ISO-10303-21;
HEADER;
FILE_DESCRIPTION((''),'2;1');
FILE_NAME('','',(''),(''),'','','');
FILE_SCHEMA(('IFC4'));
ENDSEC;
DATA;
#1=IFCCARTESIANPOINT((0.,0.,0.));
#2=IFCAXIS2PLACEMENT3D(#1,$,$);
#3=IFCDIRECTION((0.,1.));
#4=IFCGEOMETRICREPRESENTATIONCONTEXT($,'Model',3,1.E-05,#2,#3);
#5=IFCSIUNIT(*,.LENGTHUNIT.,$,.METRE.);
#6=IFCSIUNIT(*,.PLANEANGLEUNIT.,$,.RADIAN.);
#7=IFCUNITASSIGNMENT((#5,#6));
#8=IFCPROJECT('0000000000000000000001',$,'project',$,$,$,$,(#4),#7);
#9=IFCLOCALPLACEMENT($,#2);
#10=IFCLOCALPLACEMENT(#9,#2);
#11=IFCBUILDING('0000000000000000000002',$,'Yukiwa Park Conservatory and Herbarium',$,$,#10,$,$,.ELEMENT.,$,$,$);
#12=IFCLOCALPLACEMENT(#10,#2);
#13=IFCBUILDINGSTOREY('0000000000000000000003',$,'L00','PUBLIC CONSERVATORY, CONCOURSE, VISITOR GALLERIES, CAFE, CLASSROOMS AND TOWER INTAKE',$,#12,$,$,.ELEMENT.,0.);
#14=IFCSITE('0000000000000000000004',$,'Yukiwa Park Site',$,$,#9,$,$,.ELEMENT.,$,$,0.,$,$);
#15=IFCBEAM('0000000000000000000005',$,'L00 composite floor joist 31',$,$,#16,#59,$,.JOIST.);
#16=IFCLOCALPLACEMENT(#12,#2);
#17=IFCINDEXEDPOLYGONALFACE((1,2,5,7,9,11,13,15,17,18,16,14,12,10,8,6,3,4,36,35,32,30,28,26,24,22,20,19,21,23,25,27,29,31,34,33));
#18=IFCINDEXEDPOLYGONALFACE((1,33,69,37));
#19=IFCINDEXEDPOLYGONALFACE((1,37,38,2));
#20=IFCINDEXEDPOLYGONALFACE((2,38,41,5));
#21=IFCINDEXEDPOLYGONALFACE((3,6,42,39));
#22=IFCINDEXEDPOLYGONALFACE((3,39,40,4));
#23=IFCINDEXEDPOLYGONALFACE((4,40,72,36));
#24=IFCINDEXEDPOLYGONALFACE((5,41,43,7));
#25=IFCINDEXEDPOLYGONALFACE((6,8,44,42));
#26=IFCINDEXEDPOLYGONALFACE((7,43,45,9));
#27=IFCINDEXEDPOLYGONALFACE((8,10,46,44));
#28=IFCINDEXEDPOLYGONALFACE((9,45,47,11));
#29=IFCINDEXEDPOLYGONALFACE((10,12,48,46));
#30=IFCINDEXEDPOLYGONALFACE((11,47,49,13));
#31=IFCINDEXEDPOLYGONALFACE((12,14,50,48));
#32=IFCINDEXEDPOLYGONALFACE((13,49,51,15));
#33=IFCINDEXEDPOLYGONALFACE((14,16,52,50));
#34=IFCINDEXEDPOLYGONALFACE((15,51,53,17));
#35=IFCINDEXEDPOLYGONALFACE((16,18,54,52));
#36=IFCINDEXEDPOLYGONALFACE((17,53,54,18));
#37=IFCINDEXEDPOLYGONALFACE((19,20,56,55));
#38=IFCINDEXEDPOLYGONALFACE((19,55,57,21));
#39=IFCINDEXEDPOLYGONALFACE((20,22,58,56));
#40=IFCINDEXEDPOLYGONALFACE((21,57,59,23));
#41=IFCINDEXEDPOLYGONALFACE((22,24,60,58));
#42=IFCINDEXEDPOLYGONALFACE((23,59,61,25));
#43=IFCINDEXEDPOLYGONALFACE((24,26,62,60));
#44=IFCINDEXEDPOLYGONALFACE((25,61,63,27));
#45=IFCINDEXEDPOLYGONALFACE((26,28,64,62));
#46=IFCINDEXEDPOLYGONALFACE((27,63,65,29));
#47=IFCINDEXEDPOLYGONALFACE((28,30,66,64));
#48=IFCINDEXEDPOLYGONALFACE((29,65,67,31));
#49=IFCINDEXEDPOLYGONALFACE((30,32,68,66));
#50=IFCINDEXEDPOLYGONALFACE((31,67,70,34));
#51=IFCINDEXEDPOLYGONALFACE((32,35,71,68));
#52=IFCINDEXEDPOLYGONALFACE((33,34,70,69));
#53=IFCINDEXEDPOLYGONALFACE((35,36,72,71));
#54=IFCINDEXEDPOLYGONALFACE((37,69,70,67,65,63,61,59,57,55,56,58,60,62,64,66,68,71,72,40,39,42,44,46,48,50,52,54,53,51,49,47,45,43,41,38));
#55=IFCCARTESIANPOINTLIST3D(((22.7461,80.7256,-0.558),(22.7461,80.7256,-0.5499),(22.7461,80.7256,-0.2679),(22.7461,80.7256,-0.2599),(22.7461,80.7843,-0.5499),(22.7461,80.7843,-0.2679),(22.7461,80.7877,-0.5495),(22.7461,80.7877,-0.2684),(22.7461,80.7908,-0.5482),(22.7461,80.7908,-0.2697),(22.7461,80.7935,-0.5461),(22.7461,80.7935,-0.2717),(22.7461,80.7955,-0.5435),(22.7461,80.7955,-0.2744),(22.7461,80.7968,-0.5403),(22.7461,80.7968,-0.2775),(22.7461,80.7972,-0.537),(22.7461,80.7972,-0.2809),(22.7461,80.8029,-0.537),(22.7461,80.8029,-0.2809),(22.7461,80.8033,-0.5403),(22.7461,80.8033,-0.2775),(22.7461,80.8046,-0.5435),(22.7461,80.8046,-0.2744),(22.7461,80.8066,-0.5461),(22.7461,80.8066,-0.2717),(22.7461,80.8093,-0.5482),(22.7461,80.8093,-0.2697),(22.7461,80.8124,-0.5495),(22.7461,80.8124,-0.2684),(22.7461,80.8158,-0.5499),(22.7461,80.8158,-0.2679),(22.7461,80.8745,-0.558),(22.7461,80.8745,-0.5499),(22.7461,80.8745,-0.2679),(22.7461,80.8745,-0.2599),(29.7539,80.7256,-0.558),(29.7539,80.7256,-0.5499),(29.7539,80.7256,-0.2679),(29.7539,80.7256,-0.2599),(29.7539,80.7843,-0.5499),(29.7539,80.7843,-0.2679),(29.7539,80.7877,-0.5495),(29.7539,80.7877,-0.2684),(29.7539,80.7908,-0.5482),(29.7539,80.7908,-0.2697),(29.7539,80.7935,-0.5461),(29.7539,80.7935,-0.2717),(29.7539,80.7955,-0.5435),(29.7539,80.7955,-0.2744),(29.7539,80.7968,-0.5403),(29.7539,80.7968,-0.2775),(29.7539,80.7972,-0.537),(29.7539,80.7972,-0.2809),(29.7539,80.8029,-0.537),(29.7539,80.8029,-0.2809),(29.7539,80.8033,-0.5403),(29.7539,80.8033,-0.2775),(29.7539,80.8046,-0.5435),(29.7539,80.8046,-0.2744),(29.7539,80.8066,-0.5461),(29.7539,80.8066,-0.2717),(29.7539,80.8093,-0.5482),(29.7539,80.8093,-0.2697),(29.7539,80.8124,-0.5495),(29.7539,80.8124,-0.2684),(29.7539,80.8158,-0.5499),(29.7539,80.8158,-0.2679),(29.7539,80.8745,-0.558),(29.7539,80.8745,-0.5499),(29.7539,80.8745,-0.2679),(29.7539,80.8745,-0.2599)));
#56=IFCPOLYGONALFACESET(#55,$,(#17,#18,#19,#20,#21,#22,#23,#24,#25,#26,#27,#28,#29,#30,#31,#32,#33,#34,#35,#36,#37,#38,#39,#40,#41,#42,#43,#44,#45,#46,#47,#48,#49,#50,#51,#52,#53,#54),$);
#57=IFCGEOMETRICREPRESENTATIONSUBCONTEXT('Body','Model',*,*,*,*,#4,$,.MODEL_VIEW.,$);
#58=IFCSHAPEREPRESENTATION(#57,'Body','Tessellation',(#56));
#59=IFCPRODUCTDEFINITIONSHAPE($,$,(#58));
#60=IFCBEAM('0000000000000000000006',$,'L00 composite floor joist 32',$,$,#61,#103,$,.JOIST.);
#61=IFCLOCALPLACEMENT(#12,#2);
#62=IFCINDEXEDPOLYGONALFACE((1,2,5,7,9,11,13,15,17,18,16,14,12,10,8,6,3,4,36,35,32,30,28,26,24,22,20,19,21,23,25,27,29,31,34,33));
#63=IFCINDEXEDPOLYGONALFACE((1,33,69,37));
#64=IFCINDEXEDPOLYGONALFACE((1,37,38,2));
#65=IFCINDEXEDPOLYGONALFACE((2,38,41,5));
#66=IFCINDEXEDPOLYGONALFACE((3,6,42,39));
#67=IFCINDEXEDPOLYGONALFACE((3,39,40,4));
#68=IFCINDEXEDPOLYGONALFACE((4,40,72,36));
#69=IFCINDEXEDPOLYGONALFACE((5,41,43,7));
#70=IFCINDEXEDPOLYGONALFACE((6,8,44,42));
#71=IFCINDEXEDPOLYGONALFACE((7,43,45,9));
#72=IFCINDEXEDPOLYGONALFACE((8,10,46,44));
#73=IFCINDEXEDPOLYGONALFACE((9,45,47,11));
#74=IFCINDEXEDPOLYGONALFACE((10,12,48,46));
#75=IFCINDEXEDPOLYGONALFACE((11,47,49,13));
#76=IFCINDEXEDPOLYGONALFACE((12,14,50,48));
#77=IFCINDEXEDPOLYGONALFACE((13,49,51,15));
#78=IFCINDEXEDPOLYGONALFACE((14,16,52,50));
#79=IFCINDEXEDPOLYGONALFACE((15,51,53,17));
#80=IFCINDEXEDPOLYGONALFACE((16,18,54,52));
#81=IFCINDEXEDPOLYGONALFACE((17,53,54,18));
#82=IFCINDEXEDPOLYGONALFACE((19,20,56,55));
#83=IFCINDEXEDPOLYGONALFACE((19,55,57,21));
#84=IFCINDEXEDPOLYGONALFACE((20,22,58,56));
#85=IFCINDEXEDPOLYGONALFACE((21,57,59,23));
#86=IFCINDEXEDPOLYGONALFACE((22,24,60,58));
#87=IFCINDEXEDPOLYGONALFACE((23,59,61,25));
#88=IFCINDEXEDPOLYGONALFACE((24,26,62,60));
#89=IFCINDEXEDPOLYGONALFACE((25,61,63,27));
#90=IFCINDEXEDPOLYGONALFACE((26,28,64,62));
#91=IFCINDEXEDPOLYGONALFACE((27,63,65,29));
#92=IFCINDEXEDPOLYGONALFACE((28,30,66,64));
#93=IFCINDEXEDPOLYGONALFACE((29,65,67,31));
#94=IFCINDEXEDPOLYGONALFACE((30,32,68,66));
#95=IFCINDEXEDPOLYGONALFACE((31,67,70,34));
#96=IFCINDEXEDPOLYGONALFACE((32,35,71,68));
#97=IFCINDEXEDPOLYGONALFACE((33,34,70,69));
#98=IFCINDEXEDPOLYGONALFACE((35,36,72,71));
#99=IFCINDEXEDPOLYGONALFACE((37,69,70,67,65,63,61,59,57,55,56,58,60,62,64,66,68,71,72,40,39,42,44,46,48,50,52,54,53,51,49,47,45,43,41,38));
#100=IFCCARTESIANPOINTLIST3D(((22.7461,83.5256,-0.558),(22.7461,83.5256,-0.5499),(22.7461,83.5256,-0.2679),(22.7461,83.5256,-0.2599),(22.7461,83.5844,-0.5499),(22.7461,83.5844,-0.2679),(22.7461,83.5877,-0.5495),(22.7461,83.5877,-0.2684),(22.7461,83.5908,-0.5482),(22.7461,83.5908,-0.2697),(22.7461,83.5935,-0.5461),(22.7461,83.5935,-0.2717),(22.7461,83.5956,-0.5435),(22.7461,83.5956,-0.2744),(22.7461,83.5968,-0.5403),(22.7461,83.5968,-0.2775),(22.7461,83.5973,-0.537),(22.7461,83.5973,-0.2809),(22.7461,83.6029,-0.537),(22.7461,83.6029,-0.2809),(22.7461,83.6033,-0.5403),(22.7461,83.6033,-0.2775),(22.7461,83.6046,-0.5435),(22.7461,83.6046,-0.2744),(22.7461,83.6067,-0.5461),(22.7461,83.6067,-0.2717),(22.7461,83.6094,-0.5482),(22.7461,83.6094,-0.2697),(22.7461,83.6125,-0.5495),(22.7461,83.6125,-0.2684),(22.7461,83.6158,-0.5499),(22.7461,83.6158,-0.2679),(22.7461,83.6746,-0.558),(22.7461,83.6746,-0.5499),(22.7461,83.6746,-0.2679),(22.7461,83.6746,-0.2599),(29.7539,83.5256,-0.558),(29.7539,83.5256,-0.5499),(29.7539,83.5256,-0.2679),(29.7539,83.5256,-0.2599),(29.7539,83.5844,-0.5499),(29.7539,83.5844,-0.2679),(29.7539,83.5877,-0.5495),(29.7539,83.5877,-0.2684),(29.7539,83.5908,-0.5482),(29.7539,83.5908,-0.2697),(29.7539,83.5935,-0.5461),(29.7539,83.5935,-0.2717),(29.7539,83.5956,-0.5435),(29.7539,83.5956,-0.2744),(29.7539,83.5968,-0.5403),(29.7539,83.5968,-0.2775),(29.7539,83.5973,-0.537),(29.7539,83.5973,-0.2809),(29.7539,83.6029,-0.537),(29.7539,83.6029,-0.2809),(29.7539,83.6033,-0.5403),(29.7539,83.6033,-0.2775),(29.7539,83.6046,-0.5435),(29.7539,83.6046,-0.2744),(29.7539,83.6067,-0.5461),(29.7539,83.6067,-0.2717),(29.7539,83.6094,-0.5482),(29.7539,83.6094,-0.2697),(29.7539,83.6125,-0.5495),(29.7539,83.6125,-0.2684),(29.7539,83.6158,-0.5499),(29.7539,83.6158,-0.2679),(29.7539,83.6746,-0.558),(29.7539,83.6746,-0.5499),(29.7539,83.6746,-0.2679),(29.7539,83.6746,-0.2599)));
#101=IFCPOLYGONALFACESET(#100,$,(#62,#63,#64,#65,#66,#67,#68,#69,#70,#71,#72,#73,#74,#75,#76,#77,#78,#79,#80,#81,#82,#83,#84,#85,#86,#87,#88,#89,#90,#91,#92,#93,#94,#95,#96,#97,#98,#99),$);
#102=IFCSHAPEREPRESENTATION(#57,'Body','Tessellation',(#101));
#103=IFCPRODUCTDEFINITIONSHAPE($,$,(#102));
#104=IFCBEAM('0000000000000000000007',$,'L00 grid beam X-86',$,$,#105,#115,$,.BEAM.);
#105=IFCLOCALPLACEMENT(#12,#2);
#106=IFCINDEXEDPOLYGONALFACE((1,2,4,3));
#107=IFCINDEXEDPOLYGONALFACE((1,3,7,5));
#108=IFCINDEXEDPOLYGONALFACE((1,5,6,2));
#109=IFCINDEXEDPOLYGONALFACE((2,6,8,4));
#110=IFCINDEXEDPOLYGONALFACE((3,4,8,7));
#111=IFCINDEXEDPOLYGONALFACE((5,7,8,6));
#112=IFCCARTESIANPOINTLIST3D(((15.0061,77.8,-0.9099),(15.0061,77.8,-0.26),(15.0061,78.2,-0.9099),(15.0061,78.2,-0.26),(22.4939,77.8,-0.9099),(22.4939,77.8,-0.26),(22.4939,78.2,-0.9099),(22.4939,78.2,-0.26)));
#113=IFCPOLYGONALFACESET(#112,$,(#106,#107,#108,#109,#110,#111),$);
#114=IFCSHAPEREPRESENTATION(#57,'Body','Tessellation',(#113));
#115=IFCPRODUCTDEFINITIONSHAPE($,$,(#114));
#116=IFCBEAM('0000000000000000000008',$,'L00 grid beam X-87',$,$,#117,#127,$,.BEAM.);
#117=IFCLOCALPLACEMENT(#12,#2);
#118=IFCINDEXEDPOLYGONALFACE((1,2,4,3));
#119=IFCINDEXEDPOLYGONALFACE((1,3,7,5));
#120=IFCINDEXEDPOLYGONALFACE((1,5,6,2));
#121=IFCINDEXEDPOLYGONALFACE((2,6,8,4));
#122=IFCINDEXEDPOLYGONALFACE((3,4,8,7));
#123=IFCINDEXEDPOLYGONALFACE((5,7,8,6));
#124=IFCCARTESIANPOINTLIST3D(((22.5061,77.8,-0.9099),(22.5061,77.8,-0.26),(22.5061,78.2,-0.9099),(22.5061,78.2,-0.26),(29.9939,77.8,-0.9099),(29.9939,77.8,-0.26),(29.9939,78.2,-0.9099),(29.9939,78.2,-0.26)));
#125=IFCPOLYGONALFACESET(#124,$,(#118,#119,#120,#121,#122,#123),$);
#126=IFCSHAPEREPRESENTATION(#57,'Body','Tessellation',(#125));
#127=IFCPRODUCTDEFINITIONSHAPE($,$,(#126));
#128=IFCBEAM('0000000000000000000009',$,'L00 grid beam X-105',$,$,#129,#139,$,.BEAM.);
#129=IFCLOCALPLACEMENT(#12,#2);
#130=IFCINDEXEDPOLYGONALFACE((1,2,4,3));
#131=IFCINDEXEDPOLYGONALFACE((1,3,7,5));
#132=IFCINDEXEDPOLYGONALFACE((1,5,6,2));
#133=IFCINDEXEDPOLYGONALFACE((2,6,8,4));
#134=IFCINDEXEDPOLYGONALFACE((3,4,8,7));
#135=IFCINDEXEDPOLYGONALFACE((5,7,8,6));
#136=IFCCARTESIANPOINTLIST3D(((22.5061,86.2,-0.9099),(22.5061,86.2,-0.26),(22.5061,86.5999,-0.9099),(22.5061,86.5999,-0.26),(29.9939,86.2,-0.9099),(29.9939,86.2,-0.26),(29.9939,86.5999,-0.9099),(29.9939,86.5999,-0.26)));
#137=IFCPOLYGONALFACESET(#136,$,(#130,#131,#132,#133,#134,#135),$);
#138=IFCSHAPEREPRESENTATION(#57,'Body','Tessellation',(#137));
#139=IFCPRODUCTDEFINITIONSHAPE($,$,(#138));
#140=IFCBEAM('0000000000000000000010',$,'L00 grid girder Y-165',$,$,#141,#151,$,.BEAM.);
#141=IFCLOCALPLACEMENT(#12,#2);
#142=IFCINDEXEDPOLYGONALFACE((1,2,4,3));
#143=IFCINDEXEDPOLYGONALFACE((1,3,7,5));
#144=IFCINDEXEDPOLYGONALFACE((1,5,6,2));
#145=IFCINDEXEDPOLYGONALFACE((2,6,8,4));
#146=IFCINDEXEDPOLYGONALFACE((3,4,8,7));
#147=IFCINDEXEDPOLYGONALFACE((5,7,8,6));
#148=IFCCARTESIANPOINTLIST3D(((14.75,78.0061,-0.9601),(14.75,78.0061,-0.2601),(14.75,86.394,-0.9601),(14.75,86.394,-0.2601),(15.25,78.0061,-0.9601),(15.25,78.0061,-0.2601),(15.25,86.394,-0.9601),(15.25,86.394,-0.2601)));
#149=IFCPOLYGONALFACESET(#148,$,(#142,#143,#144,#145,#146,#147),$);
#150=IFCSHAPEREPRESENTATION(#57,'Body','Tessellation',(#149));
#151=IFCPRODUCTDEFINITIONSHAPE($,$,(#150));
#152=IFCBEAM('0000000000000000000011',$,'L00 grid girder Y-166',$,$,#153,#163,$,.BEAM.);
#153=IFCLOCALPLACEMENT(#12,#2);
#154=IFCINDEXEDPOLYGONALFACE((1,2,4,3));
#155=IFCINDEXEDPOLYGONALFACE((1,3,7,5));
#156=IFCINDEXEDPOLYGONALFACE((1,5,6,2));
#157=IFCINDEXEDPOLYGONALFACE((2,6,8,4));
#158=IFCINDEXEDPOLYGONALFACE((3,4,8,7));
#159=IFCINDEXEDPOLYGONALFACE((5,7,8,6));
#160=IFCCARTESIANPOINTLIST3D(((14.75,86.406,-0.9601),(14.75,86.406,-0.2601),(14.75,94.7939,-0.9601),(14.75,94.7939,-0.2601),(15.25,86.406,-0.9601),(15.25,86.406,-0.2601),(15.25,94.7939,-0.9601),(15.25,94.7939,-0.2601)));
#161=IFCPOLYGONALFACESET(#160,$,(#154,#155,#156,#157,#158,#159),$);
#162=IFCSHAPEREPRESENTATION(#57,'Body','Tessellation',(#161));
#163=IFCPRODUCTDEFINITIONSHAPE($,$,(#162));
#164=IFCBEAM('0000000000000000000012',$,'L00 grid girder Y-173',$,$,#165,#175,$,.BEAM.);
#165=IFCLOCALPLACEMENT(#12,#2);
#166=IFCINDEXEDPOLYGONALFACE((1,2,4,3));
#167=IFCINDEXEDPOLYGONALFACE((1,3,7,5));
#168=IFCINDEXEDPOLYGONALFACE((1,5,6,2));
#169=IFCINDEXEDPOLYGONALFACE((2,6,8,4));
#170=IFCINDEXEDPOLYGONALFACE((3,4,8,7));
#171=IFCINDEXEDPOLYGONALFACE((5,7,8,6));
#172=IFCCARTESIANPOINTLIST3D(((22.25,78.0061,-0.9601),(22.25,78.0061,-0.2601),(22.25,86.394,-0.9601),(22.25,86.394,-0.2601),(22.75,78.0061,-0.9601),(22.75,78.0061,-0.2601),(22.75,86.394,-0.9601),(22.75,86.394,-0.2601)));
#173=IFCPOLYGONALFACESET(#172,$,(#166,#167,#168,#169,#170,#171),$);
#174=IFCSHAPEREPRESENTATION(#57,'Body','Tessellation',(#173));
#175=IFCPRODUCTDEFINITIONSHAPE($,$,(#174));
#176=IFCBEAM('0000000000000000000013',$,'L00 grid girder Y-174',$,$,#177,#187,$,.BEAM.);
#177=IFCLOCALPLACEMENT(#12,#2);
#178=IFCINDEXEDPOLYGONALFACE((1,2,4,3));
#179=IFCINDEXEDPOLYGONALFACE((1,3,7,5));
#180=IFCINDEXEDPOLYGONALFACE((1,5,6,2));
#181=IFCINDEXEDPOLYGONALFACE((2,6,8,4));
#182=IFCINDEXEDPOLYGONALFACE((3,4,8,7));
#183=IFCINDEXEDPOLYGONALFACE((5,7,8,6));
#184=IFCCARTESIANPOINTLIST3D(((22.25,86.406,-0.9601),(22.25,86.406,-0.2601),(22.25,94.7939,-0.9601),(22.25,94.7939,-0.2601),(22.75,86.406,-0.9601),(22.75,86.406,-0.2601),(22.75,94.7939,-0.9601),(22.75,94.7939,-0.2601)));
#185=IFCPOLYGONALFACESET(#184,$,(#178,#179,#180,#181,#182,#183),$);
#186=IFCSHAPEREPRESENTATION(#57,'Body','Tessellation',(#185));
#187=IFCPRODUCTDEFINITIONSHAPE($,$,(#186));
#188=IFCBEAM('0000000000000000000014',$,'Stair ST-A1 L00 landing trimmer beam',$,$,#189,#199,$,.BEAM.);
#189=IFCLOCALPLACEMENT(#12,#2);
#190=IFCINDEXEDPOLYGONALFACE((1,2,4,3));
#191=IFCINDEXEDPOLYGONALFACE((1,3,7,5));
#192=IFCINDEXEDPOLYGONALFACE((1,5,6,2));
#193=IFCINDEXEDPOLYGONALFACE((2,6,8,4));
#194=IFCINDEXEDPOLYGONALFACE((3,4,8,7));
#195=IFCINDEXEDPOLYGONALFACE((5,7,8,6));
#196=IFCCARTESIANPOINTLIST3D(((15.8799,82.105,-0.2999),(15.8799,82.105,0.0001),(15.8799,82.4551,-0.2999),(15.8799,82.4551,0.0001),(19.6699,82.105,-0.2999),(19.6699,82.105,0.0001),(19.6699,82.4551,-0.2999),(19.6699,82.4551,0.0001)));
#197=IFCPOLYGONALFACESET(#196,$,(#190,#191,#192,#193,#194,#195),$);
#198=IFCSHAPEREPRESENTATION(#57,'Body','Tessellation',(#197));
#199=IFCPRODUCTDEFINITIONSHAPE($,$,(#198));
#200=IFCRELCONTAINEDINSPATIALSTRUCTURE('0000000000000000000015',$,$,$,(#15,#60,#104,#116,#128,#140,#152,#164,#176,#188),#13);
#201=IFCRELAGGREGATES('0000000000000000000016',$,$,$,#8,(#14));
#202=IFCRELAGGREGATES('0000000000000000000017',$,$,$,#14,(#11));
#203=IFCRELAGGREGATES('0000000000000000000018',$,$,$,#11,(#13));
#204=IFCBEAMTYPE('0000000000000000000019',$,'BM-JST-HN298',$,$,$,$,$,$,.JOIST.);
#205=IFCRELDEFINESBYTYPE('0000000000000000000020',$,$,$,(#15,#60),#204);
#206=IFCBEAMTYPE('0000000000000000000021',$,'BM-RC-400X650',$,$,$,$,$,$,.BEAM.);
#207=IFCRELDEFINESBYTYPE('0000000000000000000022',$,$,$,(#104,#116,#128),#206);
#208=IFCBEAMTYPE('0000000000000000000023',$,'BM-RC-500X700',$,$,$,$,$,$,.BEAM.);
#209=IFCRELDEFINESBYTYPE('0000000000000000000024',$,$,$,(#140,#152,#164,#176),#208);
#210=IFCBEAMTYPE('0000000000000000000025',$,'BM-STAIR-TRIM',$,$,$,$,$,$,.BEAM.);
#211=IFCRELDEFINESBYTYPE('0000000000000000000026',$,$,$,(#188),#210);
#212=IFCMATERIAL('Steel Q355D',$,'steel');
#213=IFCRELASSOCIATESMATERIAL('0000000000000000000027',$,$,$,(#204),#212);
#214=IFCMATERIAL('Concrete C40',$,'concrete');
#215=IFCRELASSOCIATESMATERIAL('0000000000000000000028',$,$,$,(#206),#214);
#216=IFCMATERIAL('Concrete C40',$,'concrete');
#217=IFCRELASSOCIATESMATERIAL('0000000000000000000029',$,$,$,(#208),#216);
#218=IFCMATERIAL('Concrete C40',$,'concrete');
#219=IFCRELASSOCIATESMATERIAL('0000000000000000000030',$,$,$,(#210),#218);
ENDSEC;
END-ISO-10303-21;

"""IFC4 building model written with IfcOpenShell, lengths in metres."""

from ifc_helpers import new_model, si_unit, direction, frame, origin, origin_2d, place, context, subcontext, project, spatial, rectangle, i_section, extrude, material, material_profile, profile_set, type_object, element, save


model = new_model("IFC4")

# Units and contexts
model_context = context("Model", 3, precision=1e-05, world=origin(), true_north=direction((0.0, 1.0)))
body_context = subcontext(model_context, "Body", "Model", "MODEL_VIEW")
ifc_project = project(units=[si_unit("LENGTHUNIT", "METRE"), si_unit("PLANEANGLEUNIT", "RADIAN")], contexts=[model_context])

# Site, building, storey
site_placement = place(None, origin())
site = spatial("IfcSite", under=ifc_project, at=site_placement, Name="Yukiwa Park Site", CompositionType="ELEMENT", RefElevation=0.0)
building_placement = place(site_placement, origin())
building = spatial("IfcBuilding", under=site, at=building_placement, Name="Yukiwa Park Conservatory and Herbarium", CompositionType="ELEMENT")
storey_placement = place(building_placement, origin())
storey = spatial("IfcBuildingStorey", under=building, at=storey_placement, Name="L00", Description="PUBLIC CONSERVATORY, CONCOURSE, VISITOR GALLERIES, CAFE, CLASSROOMS AND TOWER INTAKE", CompositionType="ELEMENT", Elevation=0.0)

# Beams
ifc_material_1 = material(Name="Steel Q355D", Category="steel")
ifc_material_profile_1 = material_profile(ifc_material_1, i_section(OverallWidth=0.1489, OverallDepth=0.2981, WebThickness=0.0056, FlangeThickness=0.0081, FilletRadius=0.0129, at=origin_2d()), Name="HN 298x149x5.5x8")
ifc_profile_set_1 = profile_set([ifc_material_profile_1], Name="Steel Q355D")
beam_type_1 = type_object("IfcBeamType", Name="BM-JST-HN298", PredefinedType="JOIST", material=ifc_profile_set_1)
for number, where, z_axis, x_axis, name in (
    (1, (22.7461, 80.8, -0.4089), (1.0, 0.0, 0.0), (0.0, 1.0, 0.0), "L00 composite floor joist 31"),
    (2, (22.7461, 83.6001, -0.4089), (1.0, 0.0, 0.0), (0.0, 1.0, 0.0), "L00 composite floor joist 32"),
):
    element("IfcBeam", number, at=place(storey_placement, frame(where, z_axis=z_axis, x_axis=x_axis)), inside=storey, type_object=beam_type_1, Name=name, PredefinedType="JOIST", context=body_context, shape_type="SweptSolid", body=[
        extrude(i_section(OverallWidth=0.1489, OverallDepth=0.2981, WebThickness=0.0056, FlangeThickness=0.0081, FilletRadius=0.0129, at=origin_2d()), origin(), (0.0, 0.0, 1.0), 7.0078),
    ])
ifc_material_2 = material(Name="Concrete C40", Category="concrete")
ifc_material_profile_2 = material_profile(ifc_material_2, rectangle(XDim=0.3999, YDim=0.6499, at=origin_2d()), Name="RC 400x650")
ifc_profile_set_2 = profile_set([ifc_material_profile_2], Name="Concrete C40")
beam_type_2 = type_object("IfcBeamType", Name="BM-RC-400X650", PredefinedType="BEAM", material=ifc_profile_set_2)
for number, where, z_axis, x_axis, name in (
    (3, (15.0061, 78.0, -0.585), (1.0, 0.0, 0.0), (0.0, 1.0, 0.0), "L00 grid beam X-86"),
    (4, (22.5061, 78.0, -0.585), (1.0, 0.0, 0.0), (0.0, 1.0, 0.0), "L00 grid beam X-87"),
    (5, (22.5061, 86.3999, -0.585), (1.0, 0.0, 0.0), (0.0, 1.0, 0.0), "L00 grid beam X-105"),
):
    element("IfcBeam", number, at=place(storey_placement, frame(where, z_axis=z_axis, x_axis=x_axis)), inside=storey, type_object=beam_type_2, Name=name, PredefinedType="BEAM", context=body_context, shape_type="SweptSolid", body=[
        extrude(rectangle(XDim=0.3999, YDim=0.6499, at=origin_2d()), origin(), (0.0, 0.0, 1.0), 7.4878),
    ])
ifc_material_3 = material(Name="Concrete C40", Category="concrete")
ifc_material_profile_3 = material_profile(ifc_material_3, rectangle(XDim=0.5, YDim=0.7, at=origin_2d()), Name="RC 500x700")
ifc_profile_set_3 = profile_set([ifc_material_profile_3], Name="Concrete C40")
beam_type_3 = type_object("IfcBeamType", Name="BM-RC-500X700", PredefinedType="BEAM", material=ifc_profile_set_3)
for number, where, z_axis, x_axis, name in (
    (6, (15.0, 78.0061, -0.6101), (0.0, 1.0, 0.0), (-1.0, 0.0, 0.0), "L00 grid girder Y-165"),
    (7, (15.0, 86.406, -0.6101), (0.0, 1.0, 0.0), (-1.0, 0.0, 0.0), "L00 grid girder Y-166"),
    (8, (22.5, 78.0061, -0.6101), (0.0, 1.0, 0.0), (-1.0, 0.0, 0.0), "L00 grid girder Y-173"),
    (9, (22.5, 86.406, -0.6101), (0.0, 1.0, 0.0), (-1.0, 0.0, 0.0), "L00 grid girder Y-174"),
):
    element("IfcBeam", number, at=place(storey_placement, frame(where, z_axis=z_axis, x_axis=x_axis)), inside=storey, type_object=beam_type_3, Name=name, PredefinedType="BEAM", context=body_context, shape_type="SweptSolid", body=[
        extrude(rectangle(XDim=0.5, YDim=0.7, at=origin_2d()), origin(), (0.0, 0.0, 1.0), 8.3879),
    ])
ifc_material_4 = material(Name="Concrete C40", Category="concrete")
ifc_material_profile_4 = material_profile(ifc_material_4, rectangle(XDim=0.3501, YDim=0.3, at=origin_2d()), Name="RC 350x300")
ifc_profile_set_4 = profile_set([ifc_material_profile_4], Name="Concrete C40")
beam_type_4 = type_object("IfcBeamType", Name="BM-STAIR-TRIM", PredefinedType="BEAM", material=ifc_profile_set_4)
beam_placement = place(storey_placement, frame((15.8799, 82.28, -0.1499), z_axis=(1.0, 0.0, 0.0), x_axis=(0.0, 1.0, 0.0)))
element("IfcBeam", 10, at=beam_placement, inside=storey, type_object=beam_type_4, Name="Stair ST-A1 L00 landing trimmer beam", PredefinedType="BEAM", context=body_context, shape_type="SweptSolid", body=[
    extrude(rectangle(XDim=0.3501, YDim=0.3, at=origin_2d()), origin(), (0.0, 0.0, 1.0), 3.79),
])

save(model, "model.ifc")
